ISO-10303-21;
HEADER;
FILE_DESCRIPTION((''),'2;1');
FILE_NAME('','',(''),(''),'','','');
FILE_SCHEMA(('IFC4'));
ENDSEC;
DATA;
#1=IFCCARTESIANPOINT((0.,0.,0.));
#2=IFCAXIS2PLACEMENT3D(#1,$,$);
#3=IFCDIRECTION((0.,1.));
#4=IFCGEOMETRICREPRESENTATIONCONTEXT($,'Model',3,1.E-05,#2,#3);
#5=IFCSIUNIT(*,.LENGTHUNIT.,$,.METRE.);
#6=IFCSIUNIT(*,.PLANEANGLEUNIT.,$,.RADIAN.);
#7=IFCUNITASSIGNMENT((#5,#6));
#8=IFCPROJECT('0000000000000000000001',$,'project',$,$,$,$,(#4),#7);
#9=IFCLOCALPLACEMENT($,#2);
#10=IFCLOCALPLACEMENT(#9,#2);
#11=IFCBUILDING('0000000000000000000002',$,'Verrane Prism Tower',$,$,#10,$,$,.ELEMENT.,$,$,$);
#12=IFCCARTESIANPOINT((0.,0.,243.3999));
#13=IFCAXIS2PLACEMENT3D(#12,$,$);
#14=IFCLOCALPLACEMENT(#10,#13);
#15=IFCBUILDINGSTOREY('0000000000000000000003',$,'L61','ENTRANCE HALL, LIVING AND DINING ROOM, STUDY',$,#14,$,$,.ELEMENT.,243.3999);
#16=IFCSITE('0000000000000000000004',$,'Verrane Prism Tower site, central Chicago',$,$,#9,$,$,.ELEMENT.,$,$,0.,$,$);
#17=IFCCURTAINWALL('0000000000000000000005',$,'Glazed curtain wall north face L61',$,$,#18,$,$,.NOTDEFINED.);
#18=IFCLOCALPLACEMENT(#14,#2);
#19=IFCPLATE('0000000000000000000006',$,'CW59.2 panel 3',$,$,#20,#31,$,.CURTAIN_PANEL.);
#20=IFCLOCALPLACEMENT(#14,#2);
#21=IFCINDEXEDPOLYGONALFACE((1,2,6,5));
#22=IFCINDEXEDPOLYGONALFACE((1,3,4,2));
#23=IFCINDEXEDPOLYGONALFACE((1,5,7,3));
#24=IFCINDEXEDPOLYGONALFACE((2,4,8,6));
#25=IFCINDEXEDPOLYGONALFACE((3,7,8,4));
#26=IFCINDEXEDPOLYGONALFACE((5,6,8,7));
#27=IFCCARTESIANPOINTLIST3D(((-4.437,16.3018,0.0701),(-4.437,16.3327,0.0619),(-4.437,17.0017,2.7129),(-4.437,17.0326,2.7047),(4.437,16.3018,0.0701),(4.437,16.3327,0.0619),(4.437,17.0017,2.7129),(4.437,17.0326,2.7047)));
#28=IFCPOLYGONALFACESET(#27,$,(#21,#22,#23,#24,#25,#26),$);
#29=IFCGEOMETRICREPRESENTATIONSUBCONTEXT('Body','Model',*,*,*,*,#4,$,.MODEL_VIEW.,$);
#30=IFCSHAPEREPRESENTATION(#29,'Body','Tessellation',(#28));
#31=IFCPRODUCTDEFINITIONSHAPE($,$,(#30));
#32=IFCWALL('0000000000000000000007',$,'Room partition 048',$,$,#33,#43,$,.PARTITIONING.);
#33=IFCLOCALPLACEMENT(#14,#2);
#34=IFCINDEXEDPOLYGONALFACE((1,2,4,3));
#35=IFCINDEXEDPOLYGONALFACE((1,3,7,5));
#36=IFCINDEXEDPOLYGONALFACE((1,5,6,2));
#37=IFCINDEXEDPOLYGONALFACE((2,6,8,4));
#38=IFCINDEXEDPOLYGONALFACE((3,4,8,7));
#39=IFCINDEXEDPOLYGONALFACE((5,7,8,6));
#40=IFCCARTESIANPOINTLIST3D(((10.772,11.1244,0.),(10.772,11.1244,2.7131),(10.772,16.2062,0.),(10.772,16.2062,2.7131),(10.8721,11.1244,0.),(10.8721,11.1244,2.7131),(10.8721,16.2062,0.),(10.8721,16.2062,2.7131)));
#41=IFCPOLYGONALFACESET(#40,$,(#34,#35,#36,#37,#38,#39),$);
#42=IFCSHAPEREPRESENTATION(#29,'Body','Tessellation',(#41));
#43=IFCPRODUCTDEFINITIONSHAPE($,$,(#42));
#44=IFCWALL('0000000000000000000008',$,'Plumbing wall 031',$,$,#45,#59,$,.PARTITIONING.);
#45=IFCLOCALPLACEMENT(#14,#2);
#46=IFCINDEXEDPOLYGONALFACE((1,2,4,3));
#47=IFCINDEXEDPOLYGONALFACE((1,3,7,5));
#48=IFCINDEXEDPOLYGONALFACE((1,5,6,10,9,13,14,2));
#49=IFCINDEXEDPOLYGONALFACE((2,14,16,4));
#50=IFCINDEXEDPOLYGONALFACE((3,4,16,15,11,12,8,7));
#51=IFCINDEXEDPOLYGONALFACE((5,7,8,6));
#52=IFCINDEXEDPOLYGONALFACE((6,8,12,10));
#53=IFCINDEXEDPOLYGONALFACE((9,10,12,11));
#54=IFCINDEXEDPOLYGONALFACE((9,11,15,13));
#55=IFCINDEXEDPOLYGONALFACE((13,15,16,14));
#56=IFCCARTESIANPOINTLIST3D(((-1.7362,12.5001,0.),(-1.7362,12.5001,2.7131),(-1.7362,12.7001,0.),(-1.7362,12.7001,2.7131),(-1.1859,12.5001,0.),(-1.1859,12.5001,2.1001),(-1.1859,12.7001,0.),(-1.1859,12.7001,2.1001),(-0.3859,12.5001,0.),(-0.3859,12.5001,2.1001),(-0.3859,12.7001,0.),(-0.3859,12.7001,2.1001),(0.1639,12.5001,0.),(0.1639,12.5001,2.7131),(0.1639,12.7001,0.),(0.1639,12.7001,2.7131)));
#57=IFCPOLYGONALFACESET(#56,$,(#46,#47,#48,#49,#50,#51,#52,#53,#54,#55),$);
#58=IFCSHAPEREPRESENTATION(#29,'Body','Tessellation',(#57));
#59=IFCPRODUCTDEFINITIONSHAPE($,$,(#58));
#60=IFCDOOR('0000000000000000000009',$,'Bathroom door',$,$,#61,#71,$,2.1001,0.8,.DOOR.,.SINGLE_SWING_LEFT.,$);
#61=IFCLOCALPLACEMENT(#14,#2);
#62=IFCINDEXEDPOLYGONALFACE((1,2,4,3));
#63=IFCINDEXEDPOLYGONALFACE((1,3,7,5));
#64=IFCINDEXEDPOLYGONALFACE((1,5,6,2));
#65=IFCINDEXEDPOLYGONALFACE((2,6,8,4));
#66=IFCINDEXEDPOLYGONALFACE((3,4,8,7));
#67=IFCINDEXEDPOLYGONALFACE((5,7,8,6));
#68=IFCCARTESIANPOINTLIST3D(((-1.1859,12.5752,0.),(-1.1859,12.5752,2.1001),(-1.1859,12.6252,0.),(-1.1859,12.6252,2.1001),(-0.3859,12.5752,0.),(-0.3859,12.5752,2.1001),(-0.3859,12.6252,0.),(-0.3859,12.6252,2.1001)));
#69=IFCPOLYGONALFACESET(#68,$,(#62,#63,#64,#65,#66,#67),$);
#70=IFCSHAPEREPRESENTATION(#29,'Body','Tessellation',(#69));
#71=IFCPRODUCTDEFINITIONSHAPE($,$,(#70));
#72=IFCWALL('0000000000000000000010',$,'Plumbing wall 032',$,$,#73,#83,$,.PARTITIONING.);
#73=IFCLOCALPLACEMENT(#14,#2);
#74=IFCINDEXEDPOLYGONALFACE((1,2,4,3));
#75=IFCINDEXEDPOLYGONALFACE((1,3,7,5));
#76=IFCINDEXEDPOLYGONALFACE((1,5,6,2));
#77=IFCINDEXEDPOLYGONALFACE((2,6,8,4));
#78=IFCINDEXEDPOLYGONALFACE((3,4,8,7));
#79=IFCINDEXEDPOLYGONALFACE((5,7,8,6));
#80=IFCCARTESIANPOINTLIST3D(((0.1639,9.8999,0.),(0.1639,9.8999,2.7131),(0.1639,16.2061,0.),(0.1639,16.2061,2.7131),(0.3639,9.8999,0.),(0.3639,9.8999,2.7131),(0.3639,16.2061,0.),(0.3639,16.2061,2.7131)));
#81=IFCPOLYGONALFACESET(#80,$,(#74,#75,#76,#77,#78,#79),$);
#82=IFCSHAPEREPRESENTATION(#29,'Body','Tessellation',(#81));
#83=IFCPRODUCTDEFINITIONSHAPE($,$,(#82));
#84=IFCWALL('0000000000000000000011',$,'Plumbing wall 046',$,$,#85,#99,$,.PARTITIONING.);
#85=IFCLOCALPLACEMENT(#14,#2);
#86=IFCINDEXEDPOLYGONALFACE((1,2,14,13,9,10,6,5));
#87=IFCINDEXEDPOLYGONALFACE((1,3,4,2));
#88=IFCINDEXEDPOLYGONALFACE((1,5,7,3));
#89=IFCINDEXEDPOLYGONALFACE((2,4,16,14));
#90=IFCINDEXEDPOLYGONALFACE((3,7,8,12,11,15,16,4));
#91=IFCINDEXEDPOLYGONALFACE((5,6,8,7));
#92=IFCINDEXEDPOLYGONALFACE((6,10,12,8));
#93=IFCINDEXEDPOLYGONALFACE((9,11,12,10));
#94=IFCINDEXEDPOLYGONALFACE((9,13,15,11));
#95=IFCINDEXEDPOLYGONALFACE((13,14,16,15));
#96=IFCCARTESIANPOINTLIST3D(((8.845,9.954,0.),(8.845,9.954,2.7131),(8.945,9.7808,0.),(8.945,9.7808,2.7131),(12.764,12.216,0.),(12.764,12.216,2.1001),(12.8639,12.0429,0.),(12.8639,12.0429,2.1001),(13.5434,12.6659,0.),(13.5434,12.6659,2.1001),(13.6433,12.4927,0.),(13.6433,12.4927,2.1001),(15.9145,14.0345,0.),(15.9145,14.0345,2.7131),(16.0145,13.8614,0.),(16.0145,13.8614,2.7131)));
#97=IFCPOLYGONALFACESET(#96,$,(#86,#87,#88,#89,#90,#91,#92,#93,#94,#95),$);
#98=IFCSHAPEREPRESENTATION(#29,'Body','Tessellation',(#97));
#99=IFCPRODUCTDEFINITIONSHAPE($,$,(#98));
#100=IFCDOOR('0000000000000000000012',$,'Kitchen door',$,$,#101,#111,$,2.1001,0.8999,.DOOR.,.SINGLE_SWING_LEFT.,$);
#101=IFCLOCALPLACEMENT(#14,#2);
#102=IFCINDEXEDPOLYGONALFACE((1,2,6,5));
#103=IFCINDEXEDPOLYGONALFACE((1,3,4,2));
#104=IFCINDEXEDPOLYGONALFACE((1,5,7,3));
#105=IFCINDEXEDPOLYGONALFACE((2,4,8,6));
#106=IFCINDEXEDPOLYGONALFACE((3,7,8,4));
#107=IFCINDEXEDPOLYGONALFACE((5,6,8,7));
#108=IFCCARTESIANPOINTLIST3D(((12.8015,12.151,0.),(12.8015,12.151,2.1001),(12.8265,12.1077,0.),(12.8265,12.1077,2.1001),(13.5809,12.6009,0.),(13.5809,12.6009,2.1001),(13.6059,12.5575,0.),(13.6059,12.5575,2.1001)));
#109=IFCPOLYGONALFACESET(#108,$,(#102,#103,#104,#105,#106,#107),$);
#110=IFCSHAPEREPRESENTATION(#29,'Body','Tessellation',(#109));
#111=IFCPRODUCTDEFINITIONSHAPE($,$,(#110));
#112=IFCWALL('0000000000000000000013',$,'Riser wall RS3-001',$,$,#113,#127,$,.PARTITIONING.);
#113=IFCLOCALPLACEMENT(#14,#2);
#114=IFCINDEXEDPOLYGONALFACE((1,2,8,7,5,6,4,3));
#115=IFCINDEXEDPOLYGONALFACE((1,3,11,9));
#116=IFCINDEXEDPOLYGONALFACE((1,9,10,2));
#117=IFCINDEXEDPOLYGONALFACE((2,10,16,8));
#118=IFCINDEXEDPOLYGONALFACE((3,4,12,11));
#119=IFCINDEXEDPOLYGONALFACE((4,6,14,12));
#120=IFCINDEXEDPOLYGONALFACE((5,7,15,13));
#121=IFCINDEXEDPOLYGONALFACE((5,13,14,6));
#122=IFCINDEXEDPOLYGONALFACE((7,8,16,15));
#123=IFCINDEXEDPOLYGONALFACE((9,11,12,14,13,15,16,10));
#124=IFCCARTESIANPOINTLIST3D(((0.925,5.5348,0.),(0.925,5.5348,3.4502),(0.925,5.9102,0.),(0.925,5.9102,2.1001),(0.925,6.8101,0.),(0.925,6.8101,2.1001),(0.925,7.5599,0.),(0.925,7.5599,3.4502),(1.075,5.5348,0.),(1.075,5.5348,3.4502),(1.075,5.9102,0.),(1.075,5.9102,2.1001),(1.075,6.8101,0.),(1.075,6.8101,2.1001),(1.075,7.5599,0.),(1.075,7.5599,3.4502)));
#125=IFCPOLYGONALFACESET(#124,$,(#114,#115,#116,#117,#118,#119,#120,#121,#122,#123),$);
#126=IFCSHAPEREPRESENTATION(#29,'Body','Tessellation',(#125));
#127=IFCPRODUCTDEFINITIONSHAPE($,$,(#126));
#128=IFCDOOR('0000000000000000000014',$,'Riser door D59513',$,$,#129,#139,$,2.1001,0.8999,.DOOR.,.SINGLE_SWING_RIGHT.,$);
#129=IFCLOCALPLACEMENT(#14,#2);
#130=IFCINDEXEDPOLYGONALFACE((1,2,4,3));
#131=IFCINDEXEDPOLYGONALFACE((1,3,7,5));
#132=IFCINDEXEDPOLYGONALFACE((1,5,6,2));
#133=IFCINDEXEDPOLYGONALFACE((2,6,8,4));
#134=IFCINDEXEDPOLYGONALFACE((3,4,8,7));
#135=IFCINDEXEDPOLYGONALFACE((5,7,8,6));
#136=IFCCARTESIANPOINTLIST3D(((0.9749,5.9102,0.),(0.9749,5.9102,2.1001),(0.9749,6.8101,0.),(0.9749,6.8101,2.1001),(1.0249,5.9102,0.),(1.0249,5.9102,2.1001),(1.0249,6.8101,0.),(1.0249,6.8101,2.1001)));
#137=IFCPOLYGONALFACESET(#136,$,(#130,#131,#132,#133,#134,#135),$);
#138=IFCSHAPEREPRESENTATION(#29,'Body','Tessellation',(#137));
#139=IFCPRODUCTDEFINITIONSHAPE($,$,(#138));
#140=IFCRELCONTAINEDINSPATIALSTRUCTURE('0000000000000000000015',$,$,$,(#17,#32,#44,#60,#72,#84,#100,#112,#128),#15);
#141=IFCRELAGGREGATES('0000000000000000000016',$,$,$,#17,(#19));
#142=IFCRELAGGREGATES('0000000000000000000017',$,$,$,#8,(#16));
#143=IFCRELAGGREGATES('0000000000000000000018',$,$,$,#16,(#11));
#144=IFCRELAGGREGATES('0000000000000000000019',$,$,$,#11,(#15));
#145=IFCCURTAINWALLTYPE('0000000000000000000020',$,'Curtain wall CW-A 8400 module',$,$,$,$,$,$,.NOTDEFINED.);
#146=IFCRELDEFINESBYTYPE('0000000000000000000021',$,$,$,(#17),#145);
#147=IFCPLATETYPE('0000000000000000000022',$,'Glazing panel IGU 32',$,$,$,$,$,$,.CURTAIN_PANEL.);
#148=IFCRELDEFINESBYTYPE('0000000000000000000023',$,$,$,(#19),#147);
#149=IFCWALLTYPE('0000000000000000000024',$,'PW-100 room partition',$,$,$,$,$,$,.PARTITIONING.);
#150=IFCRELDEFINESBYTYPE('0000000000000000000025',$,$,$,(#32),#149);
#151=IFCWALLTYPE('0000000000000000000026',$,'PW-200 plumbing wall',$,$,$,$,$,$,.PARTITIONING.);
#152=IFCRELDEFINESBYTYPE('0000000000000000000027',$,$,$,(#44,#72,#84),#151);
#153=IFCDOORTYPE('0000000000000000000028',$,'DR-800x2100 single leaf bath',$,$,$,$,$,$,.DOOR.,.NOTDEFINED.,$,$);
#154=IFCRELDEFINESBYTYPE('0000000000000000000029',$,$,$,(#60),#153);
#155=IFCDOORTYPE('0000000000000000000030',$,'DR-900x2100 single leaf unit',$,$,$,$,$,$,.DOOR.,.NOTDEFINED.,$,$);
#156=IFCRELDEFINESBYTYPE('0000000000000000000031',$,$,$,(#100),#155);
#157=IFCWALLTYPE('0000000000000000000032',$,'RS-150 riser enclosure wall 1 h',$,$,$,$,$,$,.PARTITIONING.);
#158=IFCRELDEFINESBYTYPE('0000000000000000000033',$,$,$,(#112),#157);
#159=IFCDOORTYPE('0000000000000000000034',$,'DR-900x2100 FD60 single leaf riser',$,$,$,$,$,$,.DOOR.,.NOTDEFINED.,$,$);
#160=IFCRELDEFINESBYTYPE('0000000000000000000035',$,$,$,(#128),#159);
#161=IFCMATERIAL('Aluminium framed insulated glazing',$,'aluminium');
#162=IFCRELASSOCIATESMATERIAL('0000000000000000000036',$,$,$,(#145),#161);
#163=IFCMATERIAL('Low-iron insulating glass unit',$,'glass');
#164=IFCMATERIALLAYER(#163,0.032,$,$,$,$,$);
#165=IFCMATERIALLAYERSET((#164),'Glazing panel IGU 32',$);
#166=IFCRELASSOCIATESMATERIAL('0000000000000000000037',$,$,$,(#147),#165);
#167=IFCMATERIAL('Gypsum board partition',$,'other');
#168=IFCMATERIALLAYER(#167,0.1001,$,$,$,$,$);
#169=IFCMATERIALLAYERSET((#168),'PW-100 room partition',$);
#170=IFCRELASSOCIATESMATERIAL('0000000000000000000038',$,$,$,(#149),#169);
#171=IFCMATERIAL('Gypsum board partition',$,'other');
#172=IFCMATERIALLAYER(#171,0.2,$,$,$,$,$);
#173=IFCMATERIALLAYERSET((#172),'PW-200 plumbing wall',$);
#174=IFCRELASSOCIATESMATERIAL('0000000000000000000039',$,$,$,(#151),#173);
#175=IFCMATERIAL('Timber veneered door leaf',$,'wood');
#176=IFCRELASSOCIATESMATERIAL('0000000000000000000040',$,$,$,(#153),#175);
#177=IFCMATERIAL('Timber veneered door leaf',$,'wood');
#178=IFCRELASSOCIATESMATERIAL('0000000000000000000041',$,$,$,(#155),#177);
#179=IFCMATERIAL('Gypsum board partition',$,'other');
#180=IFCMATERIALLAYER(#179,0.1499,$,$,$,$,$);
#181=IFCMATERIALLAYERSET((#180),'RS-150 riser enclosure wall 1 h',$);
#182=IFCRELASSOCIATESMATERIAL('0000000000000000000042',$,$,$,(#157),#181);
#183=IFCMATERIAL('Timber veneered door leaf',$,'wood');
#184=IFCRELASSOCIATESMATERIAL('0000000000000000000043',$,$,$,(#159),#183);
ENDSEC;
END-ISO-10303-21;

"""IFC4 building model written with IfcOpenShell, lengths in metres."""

from ifc_helpers import new_model, si_unit, direction, frame, frame_2d, origin, place, context, subcontext, project, spatial, polyline, rectangle, outline, extrude, material, layer, layer_set, type_object, element, fill, aggregate, save


model = new_model("IFC4")

# Units and contexts
model_context = context("Model", 3, precision=1e-05, world=origin(), true_north=direction((0.0, 1.0)))
body_context = subcontext(model_context, "Body", "Model", "MODEL_VIEW")
ifc_project = project(units=[si_unit("LENGTHUNIT", "METRE"), si_unit("PLANEANGLEUNIT", "RADIAN")], contexts=[model_context])

# Site, building, storey
site_placement = place(None, origin())
site = spatial("IfcSite", under=ifc_project, at=site_placement, Name="Verrane Prism Tower site, central Chicago", CompositionType="ELEMENT", RefElevation=0.0)
building_placement = place(site_placement, origin())
building = spatial("IfcBuilding", under=site, at=building_placement, Name="Verrane Prism Tower", CompositionType="ELEMENT")
storey_placement = place(building_placement, frame((0.0, 0.0, 243.3999)))
storey = spatial("IfcBuildingStorey", under=building, at=storey_placement, Name="L61", Description="ENTRANCE HALL, LIVING AND DINING ROOM, STUDY", CompositionType="ELEMENT", Elevation=243.3999)

# Curtain wall
ifc_material_1 = material(Name="Aluminium framed insulated glazing", Category="aluminium")
curtain_wall_type = type_object("IfcCurtainWallType", Name="Curtain wall CW-A 8400 module", PredefinedType="NOTDEFINED", material=ifc_material_1)
curtain_wall_placement = place(storey_placement, origin())
curtain_wall = element("IfcCurtainWall", 1, at=curtain_wall_placement, inside=storey, type_object=curtain_wall_type, Name="Glazed curtain wall north face L61", PredefinedType="NOTDEFINED")

# Plate
ifc_material_2 = material(Name="Low-iron insulating glass unit", Category="glass")
ifc_layer_1 = layer(ifc_material_2, 0.032)
ifc_layer_set_1 = layer_set([ifc_layer_1], Name="Glazing panel IGU 32")
plate_type = type_object("IfcPlateType", Name="Glazing panel IGU 32", PredefinedType="CURTAIN_PANEL", material=ifc_layer_set_1)
plate_1_placement = place(storey_placement, frame((4.437, 16.3018, 0.0701), z_axis=(0.0, -0.966671, 0.256023), x_axis=(-1.0, 0.0, 0.0)))
plate_1 = element("IfcPlate", 2, at=plate_1_placement, type_object=plate_type, Name="CW59.2 panel 3", PredefinedType="CURTAIN_PANEL", context=body_context, shape_type="SweptSolid", body=[
    extrude(outline(polyline([(0.0, 0.0), (8.874, 0.0), (8.874, -2.7339), (0.0, -2.7339), (0.0, 0.0)])), origin(), (0.0, 0.0, -1.0), 0.032),
])
aggregate(curtain_wall, [plate_1])

# Wall
ifc_material_3 = material(Name="Gypsum board partition", Category="other")
ifc_layer_2 = layer(ifc_material_3, 0.1001)
ifc_layer_set_2 = layer_set([ifc_layer_2], Name="PW-100 room partition")
wall_type_1 = type_object("IfcWallType", Name="PW-100 room partition", PredefinedType="PARTITIONING", material=ifc_layer_set_2)
wall_1_placement = place(storey_placement, frame((10.822, 11.1243, 0.0), z_axis=(0.0, 0.0, 1.0), x_axis=(0.0, 1.0, 0.0)))
element("IfcWall", 3, at=wall_1_placement, inside=storey, type_object=wall_type_1, Name="Room partition 048", PredefinedType="PARTITIONING", context=body_context, shape_type="SweptSolid", body=[
    extrude(rectangle(XDim=5.0818, YDim=0.1001, at=frame_2d((2.541, 0.0))), origin(), (0.0, 0.0, 1.0), 2.7131),
])

# Wall, opening, door
ifc_material_4 = material(Name="Gypsum board partition", Category="other")
ifc_layer_3 = layer(ifc_material_4, 0.2)
ifc_layer_set_3 = layer_set([ifc_layer_3], Name="PW-200 plumbing wall")
wall_type_2 = type_object("IfcWallType", Name="PW-200 plumbing wall", PredefinedType="PARTITIONING", material=ifc_layer_set_3)
wall_2_placement = place(storey_placement, frame((0.1641, 12.6001, 0.0), z_axis=(0.0, 0.0, 1.0), x_axis=(-1.0, 0.0, 0.0)))
wall_2 = element("IfcWall", 4, at=wall_2_placement, inside=storey, type_object=wall_type_2, Name="Plumbing wall 031", PredefinedType="PARTITIONING", context=body_context, shape_type="SweptSolid", body=[
    extrude(rectangle(XDim=1.9001, YDim=0.2, at=frame_2d((0.9502, 0.0))), origin(), (0.0, 0.0, 1.0), 2.7131),
])
opening_1_placement = place(wall_2_placement, frame((0.55, 0.0, 0.0)))
opening_1 = element("IfcOpeningElement", 5, at=opening_1_placement, cuts=wall_2, PredefinedType="OPENING", context=body_context, shape_type="SweptSolid", body=[
    extrude(rectangle(XDim=0.8, YDim=2.1001, at=frame_2d((0.3999, 1.05))), frame((0.0, 0.1099, 0.0), z_axis=(0.0, -1.0, 0.0), x_axis=(1.0, 0.0, 0.0)), (0.0, 0.0, 1.0), 0.22),
])
ifc_material_5 = material(Name="Timber veneered door leaf", Category="wood")
door_type_1 = type_object("IfcDoorType", Name="DR-800x2100 single leaf bath", OperationType="NOTDEFINED", PredefinedType="DOOR", material=ifc_material_5)
door_1_placement = place(opening_1_placement, origin())
door_1 = element("IfcDoor", 6, at=door_1_placement, inside=storey, type_object=door_type_1, Name="Bathroom door", OperationType="SINGLE_SWING_LEFT", OverallHeight=2.1001, OverallWidth=0.8, PredefinedType="DOOR", context=body_context, shape_type="SweptSolid", body=[
    extrude(rectangle(XDim=0.8, YDim=2.1001, at=frame_2d((0.3999, 1.05))), frame((0.0, 0.0249, 0.0), z_axis=(0.0, -1.0, 0.0), x_axis=(1.0, 0.0, 0.0)), (0.0, 0.0, 1.0), 0.05),
])
fill(opening_1, door_1)

# Wall
wall_3_placement = place(storey_placement, frame((0.2639, 9.8999, 0.0), z_axis=(0.0, 0.0, 1.0), x_axis=(0.0, 1.0, 0.0)))
element("IfcWall", 7, at=wall_3_placement, inside=storey, type_object=wall_type_2, Name="Plumbing wall 032", PredefinedType="PARTITIONING", context=body_context, shape_type="SweptSolid", body=[
    extrude(rectangle(XDim=6.3062, YDim=0.2, at=frame_2d((3.1531, 0.0))), origin(), (0.0, 0.0, 1.0), 2.7131),
])

# Walls, openings, doors
wall_4_placement = place(storey_placement, frame((8.895, 9.8674, 0.0), z_axis=(0.0, 0.0, 1.0), x_axis=(0.866081, 0.499903, 0.0)))
wall_4 = element("IfcWall", 8, at=wall_4_placement, inside=storey, type_object=wall_type_2, Name="Plumbing wall 046", PredefinedType="PARTITIONING", context=body_context, shape_type="SweptSolid", body=[
    extrude(rectangle(XDim=8.1626, YDim=0.2, at=frame_2d((4.0813, 0.0))), origin(), (0.0, 0.0, 1.0), 2.7131),
])
opening_2_placement = place(wall_4_placement, frame((4.5249, 0.0, 0.0)))
opening_2 = element("IfcOpeningElement", 9, at=opening_2_placement, cuts=wall_4, PredefinedType="OPENING", context=body_context, shape_type="SweptSolid", body=[
    extrude(rectangle(XDim=0.8999, YDim=2.1001, at=frame_2d((0.45, 1.05))), frame((0.0, 0.1099, 0.0), z_axis=(0.0, -1.0, 0.0), x_axis=(1.0, 0.0, 0.0)), (0.0, 0.0, 1.0), 0.22),
])
ifc_material_6 = material(Name="Timber veneered door leaf", Category="wood")
door_type_2 = type_object("IfcDoorType", Name="DR-900x2100 single leaf unit", OperationType="NOTDEFINED", PredefinedType="DOOR", material=ifc_material_6)
door_2_placement = place(opening_2_placement, origin())
door_2 = element("IfcDoor", 10, at=door_2_placement, inside=storey, type_object=door_type_2, Name="Kitchen door", OperationType="SINGLE_SWING_LEFT", OverallHeight=2.1001, OverallWidth=0.8999, PredefinedType="DOOR", context=body_context, shape_type="SweptSolid", body=[
    extrude(rectangle(XDim=0.8999, YDim=2.1001, at=frame_2d((0.45, 1.05))), frame((0.0, 0.0249, 0.0), z_axis=(0.0, -1.0, 0.0), x_axis=(1.0, 0.0, 0.0)), (0.0, 0.0, 1.0), 0.05),
])
fill(opening_2, door_2)
ifc_material_7 = material(Name="Gypsum board partition", Category="other")
ifc_layer_4 = layer(ifc_material_7, 0.1499)
ifc_layer_set_4 = layer_set([ifc_layer_4], Name="RS-150 riser enclosure wall 1 h")
wall_type_3 = type_object("IfcWallType", Name="RS-150 riser enclosure wall 1 h", PredefinedType="PARTITIONING", material=ifc_layer_set_4)
wall_5_placement = place(storey_placement, frame((1.0, 7.5601, 0.0), z_axis=(0.0, 0.0, 1.0), x_axis=(0.0, -1.0, 0.0)))
wall_5 = element("IfcWall", 11, at=wall_5_placement, inside=storey, type_object=wall_type_3, Name="Riser wall RS3-001", PredefinedType="PARTITIONING", context=body_context, shape_type="SweptSolid", body=[
    extrude(rectangle(XDim=2.0251, YDim=0.1499, at=frame_2d((1.0127, 0.0))), origin(), (0.0, 0.0, 1.0), 3.4502),
])
opening_3_placement = place(wall_5_placement, frame((0.75, 0.0, 0.0)))
opening_3 = element("IfcOpeningElement", 12, at=opening_3_placement, cuts=wall_5, PredefinedType="OPENING", context=body_context, shape_type="SweptSolid", body=[
    extrude(rectangle(XDim=0.8999, YDim=2.1001, at=frame_2d((0.45, 1.05))), frame((0.0, 0.085, 0.0), z_axis=(0.0, -1.0, 0.0), x_axis=(1.0, 0.0, 0.0)), (0.0, 0.0, 1.0), 0.1699),
])
ifc_material_8 = material(Name="Timber veneered door leaf", Category="wood")
door_type_3 = type_object("IfcDoorType", Name="DR-900x2100 FD60 single leaf riser", OperationType="NOTDEFINED", PredefinedType="DOOR", material=ifc_material_8)
door_3_placement = place(opening_3_placement, origin())
door_3 = element("IfcDoor", 13, at=door_3_placement, inside=storey, type_object=door_type_3, Name="Riser door D59513", OperationType="SINGLE_SWING_RIGHT", OverallHeight=2.1001, OverallWidth=0.8999, PredefinedType="DOOR", context=body_context, shape_type="SweptSolid", body=[
    extrude(rectangle(XDim=0.8999, YDim=2.1001, at=frame_2d((0.45, 1.05))), frame((0.0, 0.0249, 0.0), z_axis=(0.0, -1.0, 0.0), x_axis=(1.0, 0.0, 0.0)), (0.0, 0.0, 1.0), 0.05),
])
fill(opening_3, door_3)

save(model, "model.ifc")
